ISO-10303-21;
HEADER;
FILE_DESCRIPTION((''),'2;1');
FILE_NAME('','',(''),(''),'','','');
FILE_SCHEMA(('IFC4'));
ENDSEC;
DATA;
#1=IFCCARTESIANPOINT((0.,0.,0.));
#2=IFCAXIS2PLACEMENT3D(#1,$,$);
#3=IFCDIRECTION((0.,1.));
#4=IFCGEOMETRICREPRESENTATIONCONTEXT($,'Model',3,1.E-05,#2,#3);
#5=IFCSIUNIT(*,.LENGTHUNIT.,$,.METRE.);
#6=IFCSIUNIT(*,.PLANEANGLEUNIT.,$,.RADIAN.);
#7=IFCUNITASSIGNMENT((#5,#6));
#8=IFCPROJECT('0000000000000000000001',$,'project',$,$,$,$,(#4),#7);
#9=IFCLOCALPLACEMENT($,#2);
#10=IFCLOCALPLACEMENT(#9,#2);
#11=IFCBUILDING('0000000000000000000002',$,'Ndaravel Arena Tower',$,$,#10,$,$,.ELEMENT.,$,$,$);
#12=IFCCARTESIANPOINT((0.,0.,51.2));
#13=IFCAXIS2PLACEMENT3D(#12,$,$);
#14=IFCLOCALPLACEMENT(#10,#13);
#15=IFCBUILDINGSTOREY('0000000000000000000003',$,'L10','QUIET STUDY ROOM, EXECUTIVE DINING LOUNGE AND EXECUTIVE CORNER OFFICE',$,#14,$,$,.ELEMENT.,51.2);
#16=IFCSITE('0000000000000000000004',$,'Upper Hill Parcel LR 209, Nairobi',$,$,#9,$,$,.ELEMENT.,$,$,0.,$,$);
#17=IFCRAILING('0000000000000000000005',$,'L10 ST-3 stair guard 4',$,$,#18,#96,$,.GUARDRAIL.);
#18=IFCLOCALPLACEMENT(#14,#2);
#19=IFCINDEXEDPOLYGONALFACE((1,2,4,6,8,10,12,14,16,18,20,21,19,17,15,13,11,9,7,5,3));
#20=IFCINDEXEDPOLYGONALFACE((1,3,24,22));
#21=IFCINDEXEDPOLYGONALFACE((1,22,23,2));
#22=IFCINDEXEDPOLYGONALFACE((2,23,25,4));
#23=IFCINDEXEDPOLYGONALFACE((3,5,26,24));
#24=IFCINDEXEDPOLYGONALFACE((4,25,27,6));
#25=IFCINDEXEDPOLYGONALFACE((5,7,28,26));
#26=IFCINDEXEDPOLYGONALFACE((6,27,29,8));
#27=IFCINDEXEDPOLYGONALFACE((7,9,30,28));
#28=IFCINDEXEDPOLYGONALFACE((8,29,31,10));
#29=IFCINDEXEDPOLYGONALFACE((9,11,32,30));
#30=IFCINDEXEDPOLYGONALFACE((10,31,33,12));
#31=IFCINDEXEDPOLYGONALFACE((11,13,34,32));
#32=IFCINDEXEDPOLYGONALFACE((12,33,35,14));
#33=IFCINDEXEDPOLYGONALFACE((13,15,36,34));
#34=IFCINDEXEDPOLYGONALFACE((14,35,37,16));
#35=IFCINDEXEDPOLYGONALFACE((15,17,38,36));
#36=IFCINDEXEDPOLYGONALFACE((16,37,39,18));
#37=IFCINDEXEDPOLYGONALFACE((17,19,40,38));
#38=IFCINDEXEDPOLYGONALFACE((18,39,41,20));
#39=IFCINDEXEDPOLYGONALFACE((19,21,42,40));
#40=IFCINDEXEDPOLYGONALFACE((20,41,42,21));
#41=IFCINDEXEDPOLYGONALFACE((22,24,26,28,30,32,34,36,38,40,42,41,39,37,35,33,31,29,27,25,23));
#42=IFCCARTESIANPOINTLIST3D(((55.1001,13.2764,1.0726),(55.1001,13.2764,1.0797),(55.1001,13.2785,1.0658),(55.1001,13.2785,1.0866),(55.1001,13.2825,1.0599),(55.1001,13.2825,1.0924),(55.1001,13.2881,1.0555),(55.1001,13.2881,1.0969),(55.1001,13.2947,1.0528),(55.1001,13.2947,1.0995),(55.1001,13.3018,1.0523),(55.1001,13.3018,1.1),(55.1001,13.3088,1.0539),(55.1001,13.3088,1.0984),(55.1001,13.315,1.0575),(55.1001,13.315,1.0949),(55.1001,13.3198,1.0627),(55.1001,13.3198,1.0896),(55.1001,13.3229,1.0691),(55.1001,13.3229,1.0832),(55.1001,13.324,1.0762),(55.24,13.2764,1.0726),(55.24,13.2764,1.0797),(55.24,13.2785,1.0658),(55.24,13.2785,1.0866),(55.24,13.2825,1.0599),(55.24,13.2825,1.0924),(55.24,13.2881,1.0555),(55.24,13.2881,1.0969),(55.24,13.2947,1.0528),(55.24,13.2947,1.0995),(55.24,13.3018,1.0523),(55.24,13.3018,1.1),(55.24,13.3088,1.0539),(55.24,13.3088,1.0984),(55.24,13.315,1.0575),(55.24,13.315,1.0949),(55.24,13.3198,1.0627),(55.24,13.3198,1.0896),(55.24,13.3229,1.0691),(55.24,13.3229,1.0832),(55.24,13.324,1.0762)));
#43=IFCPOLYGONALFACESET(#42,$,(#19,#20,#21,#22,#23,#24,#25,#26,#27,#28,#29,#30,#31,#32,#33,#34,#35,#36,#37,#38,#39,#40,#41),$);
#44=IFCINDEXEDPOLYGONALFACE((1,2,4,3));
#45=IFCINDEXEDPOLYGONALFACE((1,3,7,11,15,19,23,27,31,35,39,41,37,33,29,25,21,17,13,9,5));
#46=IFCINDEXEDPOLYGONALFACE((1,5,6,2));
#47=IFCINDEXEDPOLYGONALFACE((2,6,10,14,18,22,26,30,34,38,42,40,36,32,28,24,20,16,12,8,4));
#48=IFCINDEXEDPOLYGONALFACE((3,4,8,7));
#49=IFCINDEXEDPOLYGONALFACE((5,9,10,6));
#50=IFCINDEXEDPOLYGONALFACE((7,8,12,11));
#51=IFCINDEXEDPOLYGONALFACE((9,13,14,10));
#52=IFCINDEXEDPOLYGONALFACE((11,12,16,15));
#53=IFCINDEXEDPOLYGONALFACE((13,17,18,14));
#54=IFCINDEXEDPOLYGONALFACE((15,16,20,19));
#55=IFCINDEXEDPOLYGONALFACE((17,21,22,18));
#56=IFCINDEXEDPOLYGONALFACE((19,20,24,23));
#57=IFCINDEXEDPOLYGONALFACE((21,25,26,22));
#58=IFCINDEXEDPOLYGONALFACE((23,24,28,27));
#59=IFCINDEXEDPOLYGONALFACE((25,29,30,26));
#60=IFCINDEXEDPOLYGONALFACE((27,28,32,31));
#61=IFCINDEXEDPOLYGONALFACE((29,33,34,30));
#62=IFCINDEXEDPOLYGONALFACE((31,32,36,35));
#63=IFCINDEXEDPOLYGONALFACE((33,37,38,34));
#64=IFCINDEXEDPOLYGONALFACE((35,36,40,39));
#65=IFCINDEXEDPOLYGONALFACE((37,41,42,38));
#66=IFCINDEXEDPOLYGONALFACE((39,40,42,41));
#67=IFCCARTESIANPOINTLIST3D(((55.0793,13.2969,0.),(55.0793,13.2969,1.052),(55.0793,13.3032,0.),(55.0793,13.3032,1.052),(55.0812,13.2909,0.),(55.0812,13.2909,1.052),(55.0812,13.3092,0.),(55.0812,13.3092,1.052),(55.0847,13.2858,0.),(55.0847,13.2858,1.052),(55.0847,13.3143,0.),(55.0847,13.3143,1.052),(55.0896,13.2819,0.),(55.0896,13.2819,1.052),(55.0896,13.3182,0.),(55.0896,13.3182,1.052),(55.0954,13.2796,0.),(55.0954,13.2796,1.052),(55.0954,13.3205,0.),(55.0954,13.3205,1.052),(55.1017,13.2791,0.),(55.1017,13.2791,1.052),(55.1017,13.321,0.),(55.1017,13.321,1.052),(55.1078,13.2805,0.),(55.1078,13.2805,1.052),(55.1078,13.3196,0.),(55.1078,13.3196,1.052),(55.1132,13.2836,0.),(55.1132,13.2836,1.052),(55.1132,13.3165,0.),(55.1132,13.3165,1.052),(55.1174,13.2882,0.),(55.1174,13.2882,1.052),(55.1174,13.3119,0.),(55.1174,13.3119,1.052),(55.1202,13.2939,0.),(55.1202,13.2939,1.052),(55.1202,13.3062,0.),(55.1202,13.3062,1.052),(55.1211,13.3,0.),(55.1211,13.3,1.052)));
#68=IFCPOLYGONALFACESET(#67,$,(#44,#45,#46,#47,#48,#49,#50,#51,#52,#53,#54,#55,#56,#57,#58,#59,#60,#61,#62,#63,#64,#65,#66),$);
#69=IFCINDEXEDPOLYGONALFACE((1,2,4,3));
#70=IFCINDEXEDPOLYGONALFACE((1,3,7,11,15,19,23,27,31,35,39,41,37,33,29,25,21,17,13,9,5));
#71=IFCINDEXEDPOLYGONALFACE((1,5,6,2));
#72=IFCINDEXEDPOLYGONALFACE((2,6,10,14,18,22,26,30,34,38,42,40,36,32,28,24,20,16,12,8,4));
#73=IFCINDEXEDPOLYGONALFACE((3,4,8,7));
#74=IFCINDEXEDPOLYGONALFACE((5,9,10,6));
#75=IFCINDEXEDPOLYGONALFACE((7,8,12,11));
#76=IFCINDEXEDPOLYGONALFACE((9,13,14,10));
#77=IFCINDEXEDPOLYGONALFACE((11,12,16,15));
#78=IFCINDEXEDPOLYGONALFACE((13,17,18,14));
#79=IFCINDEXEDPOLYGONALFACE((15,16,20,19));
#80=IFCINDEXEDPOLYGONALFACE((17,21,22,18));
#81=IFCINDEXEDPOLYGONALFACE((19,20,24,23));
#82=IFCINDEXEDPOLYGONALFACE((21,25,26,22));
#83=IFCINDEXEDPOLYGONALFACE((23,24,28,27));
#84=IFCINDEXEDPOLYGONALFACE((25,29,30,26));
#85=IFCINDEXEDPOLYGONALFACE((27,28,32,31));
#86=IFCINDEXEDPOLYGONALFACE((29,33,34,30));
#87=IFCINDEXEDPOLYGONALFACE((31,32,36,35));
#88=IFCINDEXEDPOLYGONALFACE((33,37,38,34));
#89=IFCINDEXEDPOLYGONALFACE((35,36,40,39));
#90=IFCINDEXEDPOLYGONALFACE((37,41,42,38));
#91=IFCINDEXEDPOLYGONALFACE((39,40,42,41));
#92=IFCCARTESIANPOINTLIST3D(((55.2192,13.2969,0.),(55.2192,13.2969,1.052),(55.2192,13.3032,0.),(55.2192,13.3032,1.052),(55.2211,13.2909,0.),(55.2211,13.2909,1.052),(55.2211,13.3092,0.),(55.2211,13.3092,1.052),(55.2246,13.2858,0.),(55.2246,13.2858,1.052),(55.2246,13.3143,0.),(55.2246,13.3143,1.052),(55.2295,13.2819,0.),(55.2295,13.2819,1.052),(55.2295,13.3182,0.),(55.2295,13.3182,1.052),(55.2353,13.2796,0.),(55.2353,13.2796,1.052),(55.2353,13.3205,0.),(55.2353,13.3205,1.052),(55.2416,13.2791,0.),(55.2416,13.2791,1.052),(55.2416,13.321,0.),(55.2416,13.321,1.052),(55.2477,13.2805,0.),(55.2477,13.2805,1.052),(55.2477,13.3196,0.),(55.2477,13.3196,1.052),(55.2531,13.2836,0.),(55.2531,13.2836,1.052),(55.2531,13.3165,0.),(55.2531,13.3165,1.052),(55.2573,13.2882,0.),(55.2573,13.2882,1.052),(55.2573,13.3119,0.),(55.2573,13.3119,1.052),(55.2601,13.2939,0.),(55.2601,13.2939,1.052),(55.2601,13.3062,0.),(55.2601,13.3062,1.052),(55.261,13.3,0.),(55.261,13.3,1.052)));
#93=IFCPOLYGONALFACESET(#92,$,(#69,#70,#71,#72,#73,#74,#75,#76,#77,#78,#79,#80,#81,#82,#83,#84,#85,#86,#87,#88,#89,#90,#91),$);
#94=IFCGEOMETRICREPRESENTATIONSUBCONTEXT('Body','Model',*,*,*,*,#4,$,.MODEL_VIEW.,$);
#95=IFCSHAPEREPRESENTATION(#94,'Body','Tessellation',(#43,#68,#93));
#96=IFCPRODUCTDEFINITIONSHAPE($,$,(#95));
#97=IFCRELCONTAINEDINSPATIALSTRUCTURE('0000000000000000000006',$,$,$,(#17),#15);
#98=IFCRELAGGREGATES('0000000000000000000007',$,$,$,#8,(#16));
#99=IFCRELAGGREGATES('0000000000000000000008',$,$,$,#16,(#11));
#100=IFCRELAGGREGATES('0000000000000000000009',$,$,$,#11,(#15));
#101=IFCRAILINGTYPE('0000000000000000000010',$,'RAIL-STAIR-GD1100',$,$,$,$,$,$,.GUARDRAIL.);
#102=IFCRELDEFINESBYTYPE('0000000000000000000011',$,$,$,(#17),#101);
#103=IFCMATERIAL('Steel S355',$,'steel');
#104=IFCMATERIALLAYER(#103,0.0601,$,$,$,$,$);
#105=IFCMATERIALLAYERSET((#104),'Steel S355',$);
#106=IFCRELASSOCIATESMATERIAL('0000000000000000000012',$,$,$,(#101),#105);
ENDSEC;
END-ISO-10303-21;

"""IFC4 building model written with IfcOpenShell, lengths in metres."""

from ifc_helpers import new_model, si_unit, direction, frame, origin, origin_2d, place, context, subcontext, project, spatial, circle, extrude, material, layer, layer_set, type_object, element, save


model = new_model("IFC4")

# Units and contexts
model_context = context("Model", 3, precision=1e-05, world=origin(), true_north=direction((0.0, 1.0)))
body_context = subcontext(model_context, "Body", "Model", "MODEL_VIEW")
ifc_project = project(units=[si_unit("LENGTHUNIT", "METRE"), si_unit("PLANEANGLEUNIT", "RADIAN")], contexts=[model_context])

# Site, building, storey
site_placement = place(None, origin())
site = spatial("IfcSite", under=ifc_project, at=site_placement, Name="Upper Hill Parcel LR 209, Nairobi", CompositionType="ELEMENT", RefElevation=0.0)
building_placement = place(site_placement, origin())
building = spatial("IfcBuilding", under=site, at=building_placement, Name="Ndaravel Arena Tower", CompositionType="ELEMENT")
storey_placement = place(building_placement, frame((0.0, 0.0, 51.2)))
storey = spatial("IfcBuildingStorey", under=building, at=storey_placement, Name="L10", Description="QUIET STUDY ROOM, EXECUTIVE DINING LOUNGE AND EXECUTIVE CORNER OFFICE", CompositionType="ELEMENT", Elevation=51.2)

# Railing
ifc_material_1 = material(Name="Steel S355", Category="steel")
ifc_layer_1 = layer(ifc_material_1, 0.0601)
ifc_layer_set_1 = layer_set([ifc_layer_1], Name="Steel S355")
railing_type_1 = type_object("IfcRailingType", Name="RAIL-STAIR-GD1100", PredefinedType="GUARDRAIL", material=ifc_layer_set_1)
railing_1_placement = place(storey_placement, frame((55.1001, 13.3, 0.0)))
element("IfcRailing", 1, at=railing_1_placement, inside=storey, type_object=railing_type_1, Name="L10 ST-3 stair guard 4", PredefinedType="GUARDRAIL", context=body_context, shape_type="SweptSolid", body=[
    extrude(circle(Radius=0.0239, at=origin_2d()), frame((0.0, 0.0, 1.0762), z_axis=(1.0, 0.0, 0.0), x_axis=(0.0, 1.0, 0.0)), (0.0, 0.0, 1.0), 0.1399),
    extrude(circle(Radius=0.021, at=origin_2d()), origin(), (0.0, 0.0, 1.0), 1.052),
    extrude(circle(Radius=0.021, at=origin_2d()), frame((0.1399, 0.0, 0.0)), (0.0, 0.0, 1.0), 1.052),
])

save(model, "model.ifc")
